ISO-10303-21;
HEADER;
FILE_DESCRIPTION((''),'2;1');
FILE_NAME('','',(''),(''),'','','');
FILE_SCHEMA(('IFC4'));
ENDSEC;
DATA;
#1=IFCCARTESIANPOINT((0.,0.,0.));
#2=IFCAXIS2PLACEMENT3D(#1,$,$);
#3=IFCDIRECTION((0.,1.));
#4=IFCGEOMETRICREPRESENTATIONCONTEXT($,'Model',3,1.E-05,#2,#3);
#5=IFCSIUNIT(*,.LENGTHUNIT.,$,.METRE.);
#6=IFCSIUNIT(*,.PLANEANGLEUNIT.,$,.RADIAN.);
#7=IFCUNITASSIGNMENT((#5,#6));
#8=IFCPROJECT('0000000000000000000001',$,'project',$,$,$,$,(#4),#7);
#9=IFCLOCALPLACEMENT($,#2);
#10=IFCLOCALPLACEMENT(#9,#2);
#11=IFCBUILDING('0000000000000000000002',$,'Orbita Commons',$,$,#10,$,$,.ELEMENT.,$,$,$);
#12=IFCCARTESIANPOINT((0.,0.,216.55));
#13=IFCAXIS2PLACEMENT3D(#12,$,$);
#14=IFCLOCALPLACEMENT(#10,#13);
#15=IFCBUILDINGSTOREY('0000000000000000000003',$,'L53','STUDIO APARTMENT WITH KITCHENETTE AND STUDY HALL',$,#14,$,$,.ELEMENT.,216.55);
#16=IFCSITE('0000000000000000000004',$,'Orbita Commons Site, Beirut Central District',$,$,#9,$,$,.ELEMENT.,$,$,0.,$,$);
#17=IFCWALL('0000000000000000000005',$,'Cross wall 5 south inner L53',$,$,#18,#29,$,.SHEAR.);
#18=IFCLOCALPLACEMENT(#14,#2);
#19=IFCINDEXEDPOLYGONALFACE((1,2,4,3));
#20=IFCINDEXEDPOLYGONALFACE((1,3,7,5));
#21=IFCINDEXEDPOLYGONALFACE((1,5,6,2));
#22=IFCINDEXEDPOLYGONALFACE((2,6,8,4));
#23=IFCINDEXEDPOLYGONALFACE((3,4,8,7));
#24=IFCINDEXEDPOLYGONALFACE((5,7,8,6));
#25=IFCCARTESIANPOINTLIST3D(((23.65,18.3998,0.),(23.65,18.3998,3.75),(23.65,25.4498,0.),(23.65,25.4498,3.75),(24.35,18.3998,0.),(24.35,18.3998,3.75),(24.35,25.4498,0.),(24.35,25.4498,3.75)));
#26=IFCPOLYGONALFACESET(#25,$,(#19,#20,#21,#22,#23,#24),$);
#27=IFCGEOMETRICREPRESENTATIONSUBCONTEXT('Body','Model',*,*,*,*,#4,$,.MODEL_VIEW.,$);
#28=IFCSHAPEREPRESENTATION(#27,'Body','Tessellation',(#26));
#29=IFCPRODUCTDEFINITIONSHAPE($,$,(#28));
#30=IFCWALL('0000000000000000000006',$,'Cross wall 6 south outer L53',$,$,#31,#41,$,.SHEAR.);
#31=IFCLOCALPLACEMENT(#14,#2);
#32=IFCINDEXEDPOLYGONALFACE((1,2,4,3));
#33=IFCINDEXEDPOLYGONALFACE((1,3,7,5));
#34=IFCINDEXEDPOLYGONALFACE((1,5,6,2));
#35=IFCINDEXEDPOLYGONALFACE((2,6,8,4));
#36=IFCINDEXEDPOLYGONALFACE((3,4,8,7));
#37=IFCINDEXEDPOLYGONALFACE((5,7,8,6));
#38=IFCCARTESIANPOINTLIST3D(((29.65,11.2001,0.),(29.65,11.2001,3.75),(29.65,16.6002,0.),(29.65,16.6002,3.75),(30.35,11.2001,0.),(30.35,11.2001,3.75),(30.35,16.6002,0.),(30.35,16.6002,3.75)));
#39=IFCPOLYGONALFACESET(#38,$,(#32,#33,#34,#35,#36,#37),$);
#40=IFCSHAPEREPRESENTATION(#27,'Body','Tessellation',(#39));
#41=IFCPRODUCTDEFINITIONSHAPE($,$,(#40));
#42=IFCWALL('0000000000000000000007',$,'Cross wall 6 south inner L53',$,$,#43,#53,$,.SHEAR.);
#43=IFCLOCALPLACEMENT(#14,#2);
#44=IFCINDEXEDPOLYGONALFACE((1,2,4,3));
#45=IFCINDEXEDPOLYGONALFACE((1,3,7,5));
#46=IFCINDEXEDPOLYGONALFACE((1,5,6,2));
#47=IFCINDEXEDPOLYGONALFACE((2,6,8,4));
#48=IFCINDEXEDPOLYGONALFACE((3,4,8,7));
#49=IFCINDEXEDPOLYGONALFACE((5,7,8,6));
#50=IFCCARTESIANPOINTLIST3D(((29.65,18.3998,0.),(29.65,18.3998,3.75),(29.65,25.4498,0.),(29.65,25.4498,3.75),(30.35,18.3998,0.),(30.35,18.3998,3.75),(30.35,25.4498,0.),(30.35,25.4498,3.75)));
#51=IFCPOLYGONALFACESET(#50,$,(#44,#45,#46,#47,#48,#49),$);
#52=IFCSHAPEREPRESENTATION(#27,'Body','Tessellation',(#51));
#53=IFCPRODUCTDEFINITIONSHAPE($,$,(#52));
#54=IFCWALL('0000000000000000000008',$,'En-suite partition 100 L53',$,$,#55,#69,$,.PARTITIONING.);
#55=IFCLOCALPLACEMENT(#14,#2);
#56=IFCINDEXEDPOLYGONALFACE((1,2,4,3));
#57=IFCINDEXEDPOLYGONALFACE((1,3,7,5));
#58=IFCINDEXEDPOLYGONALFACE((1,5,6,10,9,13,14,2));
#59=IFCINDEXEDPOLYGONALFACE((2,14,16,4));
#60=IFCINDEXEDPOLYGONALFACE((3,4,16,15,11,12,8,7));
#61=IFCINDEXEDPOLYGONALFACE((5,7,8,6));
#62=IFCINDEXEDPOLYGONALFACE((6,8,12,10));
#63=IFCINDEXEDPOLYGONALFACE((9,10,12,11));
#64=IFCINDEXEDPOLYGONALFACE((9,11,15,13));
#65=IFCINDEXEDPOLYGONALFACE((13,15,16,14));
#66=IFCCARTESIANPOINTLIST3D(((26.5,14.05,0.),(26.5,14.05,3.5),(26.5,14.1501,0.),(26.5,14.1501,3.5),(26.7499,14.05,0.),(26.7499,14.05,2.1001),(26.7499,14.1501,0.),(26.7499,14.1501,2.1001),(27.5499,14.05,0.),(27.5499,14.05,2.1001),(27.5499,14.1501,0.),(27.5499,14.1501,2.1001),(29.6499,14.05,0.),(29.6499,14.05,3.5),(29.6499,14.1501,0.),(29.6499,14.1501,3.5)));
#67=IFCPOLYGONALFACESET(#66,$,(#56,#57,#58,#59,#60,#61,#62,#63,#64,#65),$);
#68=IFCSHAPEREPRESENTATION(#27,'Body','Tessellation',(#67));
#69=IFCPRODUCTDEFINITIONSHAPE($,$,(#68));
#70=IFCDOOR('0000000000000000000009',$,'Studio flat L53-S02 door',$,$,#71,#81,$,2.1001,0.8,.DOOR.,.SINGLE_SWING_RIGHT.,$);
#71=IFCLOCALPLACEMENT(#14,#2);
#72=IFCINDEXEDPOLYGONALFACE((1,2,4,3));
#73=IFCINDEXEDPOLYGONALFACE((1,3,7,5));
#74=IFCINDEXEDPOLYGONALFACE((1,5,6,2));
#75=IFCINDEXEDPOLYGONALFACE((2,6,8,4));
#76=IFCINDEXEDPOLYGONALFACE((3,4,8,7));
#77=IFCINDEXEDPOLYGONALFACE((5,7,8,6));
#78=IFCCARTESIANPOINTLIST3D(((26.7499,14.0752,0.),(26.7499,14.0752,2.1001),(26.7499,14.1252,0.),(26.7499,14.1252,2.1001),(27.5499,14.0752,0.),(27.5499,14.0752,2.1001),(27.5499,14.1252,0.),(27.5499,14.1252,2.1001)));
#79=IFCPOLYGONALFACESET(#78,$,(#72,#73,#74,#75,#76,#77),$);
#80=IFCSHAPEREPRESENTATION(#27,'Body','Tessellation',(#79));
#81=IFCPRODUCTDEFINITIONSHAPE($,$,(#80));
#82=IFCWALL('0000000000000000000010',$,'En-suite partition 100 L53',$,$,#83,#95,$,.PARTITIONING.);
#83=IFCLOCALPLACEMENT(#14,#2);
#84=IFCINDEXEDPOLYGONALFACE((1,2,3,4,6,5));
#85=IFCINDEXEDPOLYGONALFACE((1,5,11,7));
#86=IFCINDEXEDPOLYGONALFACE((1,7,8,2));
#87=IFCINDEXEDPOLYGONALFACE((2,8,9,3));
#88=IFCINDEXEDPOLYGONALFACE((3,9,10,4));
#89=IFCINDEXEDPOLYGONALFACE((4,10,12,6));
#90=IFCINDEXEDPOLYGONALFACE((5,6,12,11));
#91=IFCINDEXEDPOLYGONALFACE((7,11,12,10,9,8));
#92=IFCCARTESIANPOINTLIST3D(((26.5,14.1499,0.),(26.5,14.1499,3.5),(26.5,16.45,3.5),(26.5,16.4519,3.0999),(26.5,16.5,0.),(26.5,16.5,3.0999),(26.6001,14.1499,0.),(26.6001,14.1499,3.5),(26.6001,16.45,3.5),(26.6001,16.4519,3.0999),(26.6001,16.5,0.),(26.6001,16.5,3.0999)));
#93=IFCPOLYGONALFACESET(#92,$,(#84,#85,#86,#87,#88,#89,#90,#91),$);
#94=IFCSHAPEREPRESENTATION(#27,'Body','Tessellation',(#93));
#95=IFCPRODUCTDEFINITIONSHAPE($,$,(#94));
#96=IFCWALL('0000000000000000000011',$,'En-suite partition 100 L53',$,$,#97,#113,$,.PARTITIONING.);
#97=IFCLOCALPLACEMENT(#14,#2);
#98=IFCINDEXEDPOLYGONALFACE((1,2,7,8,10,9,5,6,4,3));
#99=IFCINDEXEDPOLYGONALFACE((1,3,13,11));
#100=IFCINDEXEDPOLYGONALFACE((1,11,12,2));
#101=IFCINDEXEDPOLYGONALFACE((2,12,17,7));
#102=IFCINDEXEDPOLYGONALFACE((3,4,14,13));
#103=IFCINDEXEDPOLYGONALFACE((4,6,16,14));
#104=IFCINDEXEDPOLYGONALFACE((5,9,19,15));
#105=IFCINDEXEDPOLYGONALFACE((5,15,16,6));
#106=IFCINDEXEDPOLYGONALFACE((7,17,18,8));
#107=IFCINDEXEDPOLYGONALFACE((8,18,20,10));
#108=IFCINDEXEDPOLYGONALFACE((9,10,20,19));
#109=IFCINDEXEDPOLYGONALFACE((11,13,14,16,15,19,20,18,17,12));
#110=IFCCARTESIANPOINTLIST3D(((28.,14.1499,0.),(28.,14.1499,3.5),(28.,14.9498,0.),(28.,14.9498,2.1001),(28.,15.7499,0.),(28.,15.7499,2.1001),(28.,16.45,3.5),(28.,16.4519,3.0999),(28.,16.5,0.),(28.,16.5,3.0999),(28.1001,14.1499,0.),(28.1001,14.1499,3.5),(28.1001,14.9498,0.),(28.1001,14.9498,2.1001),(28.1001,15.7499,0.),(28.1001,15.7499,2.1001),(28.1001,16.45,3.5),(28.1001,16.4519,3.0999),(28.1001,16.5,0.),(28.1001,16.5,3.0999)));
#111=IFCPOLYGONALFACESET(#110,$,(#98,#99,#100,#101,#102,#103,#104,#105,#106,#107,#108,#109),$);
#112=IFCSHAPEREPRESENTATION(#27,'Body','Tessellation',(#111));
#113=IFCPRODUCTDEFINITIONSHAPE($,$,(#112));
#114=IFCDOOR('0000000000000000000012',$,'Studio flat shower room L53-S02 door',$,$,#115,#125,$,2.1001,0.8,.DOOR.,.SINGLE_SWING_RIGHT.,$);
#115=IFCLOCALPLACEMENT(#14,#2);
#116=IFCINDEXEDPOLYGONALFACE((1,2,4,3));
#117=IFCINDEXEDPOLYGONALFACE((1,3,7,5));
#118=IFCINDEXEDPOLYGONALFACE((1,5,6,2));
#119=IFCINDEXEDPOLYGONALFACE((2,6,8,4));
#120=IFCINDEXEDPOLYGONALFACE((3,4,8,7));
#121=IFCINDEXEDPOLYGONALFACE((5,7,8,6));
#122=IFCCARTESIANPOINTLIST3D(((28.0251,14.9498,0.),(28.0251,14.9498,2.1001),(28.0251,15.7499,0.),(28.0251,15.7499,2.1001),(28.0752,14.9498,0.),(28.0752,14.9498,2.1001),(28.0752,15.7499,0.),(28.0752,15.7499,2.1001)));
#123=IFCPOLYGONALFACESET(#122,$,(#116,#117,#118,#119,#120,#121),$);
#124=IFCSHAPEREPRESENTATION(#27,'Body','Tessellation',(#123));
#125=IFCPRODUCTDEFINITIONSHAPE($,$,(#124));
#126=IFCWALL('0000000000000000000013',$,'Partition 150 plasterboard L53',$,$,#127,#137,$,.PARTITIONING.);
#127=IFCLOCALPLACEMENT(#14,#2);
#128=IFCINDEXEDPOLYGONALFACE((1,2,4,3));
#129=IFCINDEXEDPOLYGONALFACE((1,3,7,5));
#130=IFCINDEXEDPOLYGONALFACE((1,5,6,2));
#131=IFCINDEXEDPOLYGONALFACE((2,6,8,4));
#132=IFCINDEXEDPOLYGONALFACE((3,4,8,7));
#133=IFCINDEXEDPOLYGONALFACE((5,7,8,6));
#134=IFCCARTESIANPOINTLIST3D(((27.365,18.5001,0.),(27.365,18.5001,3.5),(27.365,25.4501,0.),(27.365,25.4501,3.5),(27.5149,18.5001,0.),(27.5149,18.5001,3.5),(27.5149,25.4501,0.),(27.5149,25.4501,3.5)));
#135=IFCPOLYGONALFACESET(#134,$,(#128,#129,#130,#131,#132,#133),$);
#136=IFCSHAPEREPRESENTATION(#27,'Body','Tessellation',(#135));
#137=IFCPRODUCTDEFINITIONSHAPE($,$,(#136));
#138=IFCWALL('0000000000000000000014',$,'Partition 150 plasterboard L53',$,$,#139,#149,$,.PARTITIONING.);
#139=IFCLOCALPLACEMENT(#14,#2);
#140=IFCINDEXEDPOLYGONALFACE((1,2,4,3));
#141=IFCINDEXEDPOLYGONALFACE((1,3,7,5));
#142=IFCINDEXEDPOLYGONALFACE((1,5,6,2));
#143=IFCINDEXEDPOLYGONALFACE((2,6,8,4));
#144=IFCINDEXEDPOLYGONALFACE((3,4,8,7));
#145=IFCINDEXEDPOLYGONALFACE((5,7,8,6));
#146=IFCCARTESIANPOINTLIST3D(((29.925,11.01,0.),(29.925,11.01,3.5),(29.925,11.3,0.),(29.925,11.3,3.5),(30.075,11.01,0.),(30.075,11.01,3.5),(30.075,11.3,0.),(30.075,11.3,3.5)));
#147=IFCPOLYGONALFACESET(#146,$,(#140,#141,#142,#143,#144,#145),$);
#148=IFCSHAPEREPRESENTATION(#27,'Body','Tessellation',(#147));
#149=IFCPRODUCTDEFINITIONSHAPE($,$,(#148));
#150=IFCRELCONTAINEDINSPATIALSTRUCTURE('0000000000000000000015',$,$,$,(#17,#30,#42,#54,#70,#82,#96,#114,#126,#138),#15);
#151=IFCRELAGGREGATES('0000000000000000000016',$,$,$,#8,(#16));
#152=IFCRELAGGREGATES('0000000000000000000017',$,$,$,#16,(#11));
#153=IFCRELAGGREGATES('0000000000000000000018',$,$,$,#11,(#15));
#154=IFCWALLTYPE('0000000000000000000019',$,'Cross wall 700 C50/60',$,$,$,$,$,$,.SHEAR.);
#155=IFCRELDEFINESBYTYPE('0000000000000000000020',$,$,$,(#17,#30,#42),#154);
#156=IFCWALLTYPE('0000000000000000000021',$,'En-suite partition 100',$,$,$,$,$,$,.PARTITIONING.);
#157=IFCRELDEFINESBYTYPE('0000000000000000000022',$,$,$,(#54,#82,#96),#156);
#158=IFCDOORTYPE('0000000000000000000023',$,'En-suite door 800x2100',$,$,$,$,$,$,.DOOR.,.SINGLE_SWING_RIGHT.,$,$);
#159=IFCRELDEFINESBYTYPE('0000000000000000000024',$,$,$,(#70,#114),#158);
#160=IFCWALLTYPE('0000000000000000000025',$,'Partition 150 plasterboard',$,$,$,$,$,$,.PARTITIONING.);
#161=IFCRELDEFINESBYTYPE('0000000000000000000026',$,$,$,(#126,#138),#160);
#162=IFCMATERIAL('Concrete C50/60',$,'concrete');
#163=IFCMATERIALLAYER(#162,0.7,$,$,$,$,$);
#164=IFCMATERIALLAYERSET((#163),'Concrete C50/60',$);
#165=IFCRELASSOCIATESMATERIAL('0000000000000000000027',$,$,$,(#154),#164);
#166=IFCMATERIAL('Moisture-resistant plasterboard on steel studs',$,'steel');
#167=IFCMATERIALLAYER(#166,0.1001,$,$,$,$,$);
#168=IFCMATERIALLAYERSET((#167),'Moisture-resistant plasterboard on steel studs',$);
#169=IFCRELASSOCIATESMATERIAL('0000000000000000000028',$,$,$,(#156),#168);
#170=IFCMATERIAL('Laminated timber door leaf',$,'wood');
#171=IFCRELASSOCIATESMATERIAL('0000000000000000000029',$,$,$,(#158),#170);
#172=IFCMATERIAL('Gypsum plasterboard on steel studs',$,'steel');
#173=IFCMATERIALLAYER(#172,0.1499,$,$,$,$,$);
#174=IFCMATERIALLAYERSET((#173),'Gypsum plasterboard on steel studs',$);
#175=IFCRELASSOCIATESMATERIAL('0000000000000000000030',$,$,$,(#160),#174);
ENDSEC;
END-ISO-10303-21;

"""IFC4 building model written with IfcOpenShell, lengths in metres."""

from ifc_helpers import new_model, si_unit, direction, frame, frame_2d, origin, place, context, subcontext, project, spatial, polyline, rectangle, outline, extrude, material, layer, layer_set, type_object, element, fill, save


model = new_model("IFC4")

# Units and contexts
model_context = context("Model", 3, precision=1e-05, world=origin(), true_north=direction((0.0, 1.0)))
body_context = subcontext(model_context, "Body", "Model", "MODEL_VIEW")
ifc_project = project(units=[si_unit("LENGTHUNIT", "METRE"), si_unit("PLANEANGLEUNIT", "RADIAN")], contexts=[model_context])

# Site, building, storey
site_placement = place(None, origin())
site = spatial("IfcSite", under=ifc_project, at=site_placement, Name="Orbita Commons Site, Beirut Central District", CompositionType="ELEMENT", RefElevation=0.0)
building_placement = place(site_placement, origin())
building = spatial("IfcBuilding", under=site, at=building_placement, Name="Orbita Commons", CompositionType="ELEMENT")
storey_placement = place(building_placement, frame((0.0, 0.0, 216.55)))
storey = spatial("IfcBuildingStorey", under=building, at=storey_placement, Name="L53", Description="STUDIO APARTMENT WITH KITCHENETTE AND STUDY HALL", CompositionType="ELEMENT", Elevation=216.55)

# Walls
ifc_material_1 = material(Name="Concrete C50/60", Category="concrete")
ifc_layer_1 = layer(ifc_material_1, 0.7)
ifc_layer_set_1 = layer_set([ifc_layer_1], Name="Concrete C50/60")
wall_type_1 = type_object("IfcWallType", Name="Cross wall 700 C50/60", PredefinedType="SHEAR", material=ifc_layer_set_1)
wall_1_placement = place(storey_placement, frame((24.0, 18.3999, 0.0), z_axis=(0.0, 0.0, 1.0), x_axis=(0.0, 1.0, 0.0)))
element("IfcWall", 1, at=wall_1_placement, inside=storey, type_object=wall_type_1, Name="Cross wall 5 south inner L53", PredefinedType="SHEAR", context=body_context, shape_type="SweptSolid", body=[
    extrude(rectangle(XDim=7.05, YDim=0.7, at=frame_2d((3.5249, 0.0))), origin(), (0.0, 0.0, 1.0), 3.75),
])
wall_2_placement = place(storey_placement, frame((30.0, 11.2, 0.0), z_axis=(0.0, 0.0, 1.0), x_axis=(0.0, 1.0, 0.0)))
element("IfcWall", 2, at=wall_2_placement, inside=storey, type_object=wall_type_1, Name="Cross wall 6 south outer L53", PredefinedType="SHEAR", context=body_context, shape_type="SweptSolid", body=[
    extrude(rectangle(XDim=5.4001, YDim=0.7, at=frame_2d((2.7002, 0.0))), origin(), (0.0, 0.0, 1.0), 3.75),
])
wall_3_placement = place(storey_placement, frame((30.0, 18.3999, 0.0), z_axis=(0.0, 0.0, 1.0), x_axis=(0.0, 1.0, 0.0)))
element("IfcWall", 3, at=wall_3_placement, inside=storey, type_object=wall_type_1, Name="Cross wall 6 south inner L53", PredefinedType="SHEAR", context=body_context, shape_type="SweptSolid", body=[
    extrude(rectangle(XDim=7.05, YDim=0.7, at=frame_2d((3.5249, 0.0))), origin(), (0.0, 0.0, 1.0), 3.75),
])

# Wall, opening, door
ifc_material_2 = material(Name="Moisture-resistant plasterboard on steel studs", Category="steel")
ifc_layer_2 = layer(ifc_material_2, 0.1001)
ifc_layer_set_2 = layer_set([ifc_layer_2], Name="Moisture-resistant plasterboard on steel studs")
wall_type_2 = type_object("IfcWallType", Name="En-suite partition 100", PredefinedType="PARTITIONING", material=ifc_layer_set_2)
wall_4_placement = place(storey_placement, frame((29.6499, 14.1001, 0.0), z_axis=(0.0, 0.0, 1.0), x_axis=(-1.0, 0.0, 0.0)))
wall_4 = element("IfcWall", 4, at=wall_4_placement, inside=storey, type_object=wall_type_2, Name="En-suite partition 100 L53", PredefinedType="PARTITIONING", context=body_context, shape_type="SweptSolid", body=[
    extrude(rectangle(XDim=3.1499, YDim=0.1001, at=frame_2d((1.575, 0.0))), origin(), (0.0, 0.0, 1.0), 3.5),
])
opening_1_placement = place(wall_4_placement, frame((2.1001, 0.0, 0.0)))
opening_1 = element("IfcOpeningElement", 5, at=opening_1_placement, cuts=wall_4, PredefinedType="OPENING", context=body_context, shape_type="SweptSolid", body=[
    extrude(rectangle(XDim=0.8, YDim=2.1001, at=frame_2d((0.3999, 1.05))), frame((0.0, 0.0601, 0.0), z_axis=(0.0, -1.0, 0.0), x_axis=(1.0, 0.0, 0.0)), (0.0, 0.0, 1.0), 0.1201),
])
ifc_material_3 = material(Name="Laminated timber door leaf", Category="wood")
door_type_1 = type_object("IfcDoorType", Name="En-suite door 800x2100", OperationType="SINGLE_SWING_RIGHT", PredefinedType="DOOR", material=ifc_material_3)
door_1_placement = place(opening_1_placement, origin())
door_1 = element("IfcDoor", 6, at=door_1_placement, inside=storey, type_object=door_type_1, Name="Studio flat L53-S02 door", OperationType="SINGLE_SWING_RIGHT", OverallHeight=2.1001, OverallWidth=0.8, PredefinedType="DOOR", context=body_context, shape_type="SweptSolid", body=[
    extrude(rectangle(XDim=0.8, YDim=2.1001, at=frame_2d((0.3999, 1.05))), frame((0.0, 0.0249, 0.0), z_axis=(0.0, -1.0, 0.0), x_axis=(1.0, 0.0, 0.0)), (0.0, 0.0, 1.0), 0.05),
])
fill(opening_1, door_1)

# Wall
wall_5_placement = place(storey_placement, frame((26.55, 14.1499, 0.0), z_axis=(0.0, 0.0, 1.0), x_axis=(0.0, 1.0, 0.0)))
element("IfcWall", 7, at=wall_5_placement, inside=storey, type_object=wall_type_2, Name="En-suite partition 100 L53", PredefinedType="PARTITIONING", context=body_context, shape_type="SweptSolid", body=[
    extrude(outline(polyline([(0.0, 0.0), (2.3501, 0.0), (2.3501, 3.0999), (2.302, 3.0999), (2.3, 3.5), (0.0, 3.5), (0.0, 0.0)])), frame((0.0, 0.05, 0.0), z_axis=(0.0, -1.0, 0.0), x_axis=(1.0, 0.0, 0.0)), (0.0, 0.0, 1.0), 0.1001),
])

# Wall, opening, door
wall_6_placement = place(storey_placement, frame((28.05, 14.1499, 0.0), z_axis=(0.0, 0.0, 1.0), x_axis=(0.0, 1.0, 0.0)))
wall_6 = element("IfcWall", 8, at=wall_6_placement, inside=storey, type_object=wall_type_2, Name="En-suite partition 100 L53", PredefinedType="PARTITIONING", context=body_context, shape_type="SweptSolid", body=[
    extrude(outline(polyline([(0.0, 0.0), (2.3501, 0.0), (2.3501, 3.0999), (2.302, 3.0999), (2.3, 3.5), (0.0, 3.5), (0.0, 0.0)])), frame((0.0, 0.05, 0.0), z_axis=(0.0, -1.0, 0.0), x_axis=(1.0, 0.0, 0.0)), (0.0, 0.0, 1.0), 0.1001),
])
opening_2_placement = place(wall_6_placement, frame((0.8, 0.0, 0.0)))
opening_2 = element("IfcOpeningElement", 9, at=opening_2_placement, cuts=wall_6, PredefinedType="OPENING", context=body_context, shape_type="SweptSolid", body=[
    extrude(rectangle(XDim=0.8, YDim=2.1001, at=frame_2d((0.3999, 1.05))), frame((0.0, 0.0601, 0.0), z_axis=(0.0, -1.0, 0.0), x_axis=(1.0, 0.0, 0.0)), (0.0, 0.0, 1.0), 0.1201),
])
door_2_placement = place(opening_2_placement, origin())
door_2 = element("IfcDoor", 10, at=door_2_placement, inside=storey, type_object=door_type_1, Name="Studio flat shower room L53-S02 door", OperationType="SINGLE_SWING_RIGHT", OverallHeight=2.1001, OverallWidth=0.8, PredefinedType="DOOR", context=body_context, shape_type="SweptSolid", body=[
    extrude(rectangle(XDim=0.8, YDim=2.1001, at=frame_2d((0.3999, 1.05))), frame((0.0, 0.0249, 0.0), z_axis=(0.0, -1.0, 0.0), x_axis=(1.0, 0.0, 0.0)), (0.0, 0.0, 1.0), 0.05),
])
fill(opening_2, door_2)

# Walls
ifc_material_4 = material(Name="Gypsum plasterboard on steel studs", Category="steel")
ifc_layer_3 = layer(ifc_material_4, 0.1499)
ifc_layer_set_3 = layer_set([ifc_layer_3], Name="Gypsum plasterboard on steel studs")
wall_type_3 = type_object("IfcWallType", Name="Partition 150 plasterboard", PredefinedType="PARTITIONING", material=ifc_layer_set_3)
wall_7_placement = place(storey_placement, frame((27.4399, 18.5, 0.0), z_axis=(0.0, 0.0, 1.0), x_axis=(0.0, 1.0, 0.0)))
element("IfcWall", 11, at=wall_7_placement, inside=storey, type_object=wall_type_3, Name="Partition 150 plasterboard L53", PredefinedType="PARTITIONING", context=body_context, shape_type="SweptSolid", body=[
    extrude(rectangle(XDim=6.95, YDim=0.1499, at=frame_2d((3.4751, 0.0))), origin(), (0.0, 0.0, 1.0), 3.5),
])
wall_8_placement = place(storey_placement, frame((30.0, 11.3, 0.0), z_axis=(0.0, 0.0, 1.0), x_axis=(0.0, -1.0, 0.0)))
element("IfcWall", 12, at=wall_8_placement, inside=storey, type_object=wall_type_3, Name="Partition 150 plasterboard L53", PredefinedType="PARTITIONING", context=body_context, shape_type="SweptSolid", body=[
    extrude(rectangle(XDim=0.29, YDim=0.1499, at=frame_2d((0.145, 0.0))), origin(), (0.0, 0.0, 1.0), 3.5),
])

save(model, "model.ifc")
